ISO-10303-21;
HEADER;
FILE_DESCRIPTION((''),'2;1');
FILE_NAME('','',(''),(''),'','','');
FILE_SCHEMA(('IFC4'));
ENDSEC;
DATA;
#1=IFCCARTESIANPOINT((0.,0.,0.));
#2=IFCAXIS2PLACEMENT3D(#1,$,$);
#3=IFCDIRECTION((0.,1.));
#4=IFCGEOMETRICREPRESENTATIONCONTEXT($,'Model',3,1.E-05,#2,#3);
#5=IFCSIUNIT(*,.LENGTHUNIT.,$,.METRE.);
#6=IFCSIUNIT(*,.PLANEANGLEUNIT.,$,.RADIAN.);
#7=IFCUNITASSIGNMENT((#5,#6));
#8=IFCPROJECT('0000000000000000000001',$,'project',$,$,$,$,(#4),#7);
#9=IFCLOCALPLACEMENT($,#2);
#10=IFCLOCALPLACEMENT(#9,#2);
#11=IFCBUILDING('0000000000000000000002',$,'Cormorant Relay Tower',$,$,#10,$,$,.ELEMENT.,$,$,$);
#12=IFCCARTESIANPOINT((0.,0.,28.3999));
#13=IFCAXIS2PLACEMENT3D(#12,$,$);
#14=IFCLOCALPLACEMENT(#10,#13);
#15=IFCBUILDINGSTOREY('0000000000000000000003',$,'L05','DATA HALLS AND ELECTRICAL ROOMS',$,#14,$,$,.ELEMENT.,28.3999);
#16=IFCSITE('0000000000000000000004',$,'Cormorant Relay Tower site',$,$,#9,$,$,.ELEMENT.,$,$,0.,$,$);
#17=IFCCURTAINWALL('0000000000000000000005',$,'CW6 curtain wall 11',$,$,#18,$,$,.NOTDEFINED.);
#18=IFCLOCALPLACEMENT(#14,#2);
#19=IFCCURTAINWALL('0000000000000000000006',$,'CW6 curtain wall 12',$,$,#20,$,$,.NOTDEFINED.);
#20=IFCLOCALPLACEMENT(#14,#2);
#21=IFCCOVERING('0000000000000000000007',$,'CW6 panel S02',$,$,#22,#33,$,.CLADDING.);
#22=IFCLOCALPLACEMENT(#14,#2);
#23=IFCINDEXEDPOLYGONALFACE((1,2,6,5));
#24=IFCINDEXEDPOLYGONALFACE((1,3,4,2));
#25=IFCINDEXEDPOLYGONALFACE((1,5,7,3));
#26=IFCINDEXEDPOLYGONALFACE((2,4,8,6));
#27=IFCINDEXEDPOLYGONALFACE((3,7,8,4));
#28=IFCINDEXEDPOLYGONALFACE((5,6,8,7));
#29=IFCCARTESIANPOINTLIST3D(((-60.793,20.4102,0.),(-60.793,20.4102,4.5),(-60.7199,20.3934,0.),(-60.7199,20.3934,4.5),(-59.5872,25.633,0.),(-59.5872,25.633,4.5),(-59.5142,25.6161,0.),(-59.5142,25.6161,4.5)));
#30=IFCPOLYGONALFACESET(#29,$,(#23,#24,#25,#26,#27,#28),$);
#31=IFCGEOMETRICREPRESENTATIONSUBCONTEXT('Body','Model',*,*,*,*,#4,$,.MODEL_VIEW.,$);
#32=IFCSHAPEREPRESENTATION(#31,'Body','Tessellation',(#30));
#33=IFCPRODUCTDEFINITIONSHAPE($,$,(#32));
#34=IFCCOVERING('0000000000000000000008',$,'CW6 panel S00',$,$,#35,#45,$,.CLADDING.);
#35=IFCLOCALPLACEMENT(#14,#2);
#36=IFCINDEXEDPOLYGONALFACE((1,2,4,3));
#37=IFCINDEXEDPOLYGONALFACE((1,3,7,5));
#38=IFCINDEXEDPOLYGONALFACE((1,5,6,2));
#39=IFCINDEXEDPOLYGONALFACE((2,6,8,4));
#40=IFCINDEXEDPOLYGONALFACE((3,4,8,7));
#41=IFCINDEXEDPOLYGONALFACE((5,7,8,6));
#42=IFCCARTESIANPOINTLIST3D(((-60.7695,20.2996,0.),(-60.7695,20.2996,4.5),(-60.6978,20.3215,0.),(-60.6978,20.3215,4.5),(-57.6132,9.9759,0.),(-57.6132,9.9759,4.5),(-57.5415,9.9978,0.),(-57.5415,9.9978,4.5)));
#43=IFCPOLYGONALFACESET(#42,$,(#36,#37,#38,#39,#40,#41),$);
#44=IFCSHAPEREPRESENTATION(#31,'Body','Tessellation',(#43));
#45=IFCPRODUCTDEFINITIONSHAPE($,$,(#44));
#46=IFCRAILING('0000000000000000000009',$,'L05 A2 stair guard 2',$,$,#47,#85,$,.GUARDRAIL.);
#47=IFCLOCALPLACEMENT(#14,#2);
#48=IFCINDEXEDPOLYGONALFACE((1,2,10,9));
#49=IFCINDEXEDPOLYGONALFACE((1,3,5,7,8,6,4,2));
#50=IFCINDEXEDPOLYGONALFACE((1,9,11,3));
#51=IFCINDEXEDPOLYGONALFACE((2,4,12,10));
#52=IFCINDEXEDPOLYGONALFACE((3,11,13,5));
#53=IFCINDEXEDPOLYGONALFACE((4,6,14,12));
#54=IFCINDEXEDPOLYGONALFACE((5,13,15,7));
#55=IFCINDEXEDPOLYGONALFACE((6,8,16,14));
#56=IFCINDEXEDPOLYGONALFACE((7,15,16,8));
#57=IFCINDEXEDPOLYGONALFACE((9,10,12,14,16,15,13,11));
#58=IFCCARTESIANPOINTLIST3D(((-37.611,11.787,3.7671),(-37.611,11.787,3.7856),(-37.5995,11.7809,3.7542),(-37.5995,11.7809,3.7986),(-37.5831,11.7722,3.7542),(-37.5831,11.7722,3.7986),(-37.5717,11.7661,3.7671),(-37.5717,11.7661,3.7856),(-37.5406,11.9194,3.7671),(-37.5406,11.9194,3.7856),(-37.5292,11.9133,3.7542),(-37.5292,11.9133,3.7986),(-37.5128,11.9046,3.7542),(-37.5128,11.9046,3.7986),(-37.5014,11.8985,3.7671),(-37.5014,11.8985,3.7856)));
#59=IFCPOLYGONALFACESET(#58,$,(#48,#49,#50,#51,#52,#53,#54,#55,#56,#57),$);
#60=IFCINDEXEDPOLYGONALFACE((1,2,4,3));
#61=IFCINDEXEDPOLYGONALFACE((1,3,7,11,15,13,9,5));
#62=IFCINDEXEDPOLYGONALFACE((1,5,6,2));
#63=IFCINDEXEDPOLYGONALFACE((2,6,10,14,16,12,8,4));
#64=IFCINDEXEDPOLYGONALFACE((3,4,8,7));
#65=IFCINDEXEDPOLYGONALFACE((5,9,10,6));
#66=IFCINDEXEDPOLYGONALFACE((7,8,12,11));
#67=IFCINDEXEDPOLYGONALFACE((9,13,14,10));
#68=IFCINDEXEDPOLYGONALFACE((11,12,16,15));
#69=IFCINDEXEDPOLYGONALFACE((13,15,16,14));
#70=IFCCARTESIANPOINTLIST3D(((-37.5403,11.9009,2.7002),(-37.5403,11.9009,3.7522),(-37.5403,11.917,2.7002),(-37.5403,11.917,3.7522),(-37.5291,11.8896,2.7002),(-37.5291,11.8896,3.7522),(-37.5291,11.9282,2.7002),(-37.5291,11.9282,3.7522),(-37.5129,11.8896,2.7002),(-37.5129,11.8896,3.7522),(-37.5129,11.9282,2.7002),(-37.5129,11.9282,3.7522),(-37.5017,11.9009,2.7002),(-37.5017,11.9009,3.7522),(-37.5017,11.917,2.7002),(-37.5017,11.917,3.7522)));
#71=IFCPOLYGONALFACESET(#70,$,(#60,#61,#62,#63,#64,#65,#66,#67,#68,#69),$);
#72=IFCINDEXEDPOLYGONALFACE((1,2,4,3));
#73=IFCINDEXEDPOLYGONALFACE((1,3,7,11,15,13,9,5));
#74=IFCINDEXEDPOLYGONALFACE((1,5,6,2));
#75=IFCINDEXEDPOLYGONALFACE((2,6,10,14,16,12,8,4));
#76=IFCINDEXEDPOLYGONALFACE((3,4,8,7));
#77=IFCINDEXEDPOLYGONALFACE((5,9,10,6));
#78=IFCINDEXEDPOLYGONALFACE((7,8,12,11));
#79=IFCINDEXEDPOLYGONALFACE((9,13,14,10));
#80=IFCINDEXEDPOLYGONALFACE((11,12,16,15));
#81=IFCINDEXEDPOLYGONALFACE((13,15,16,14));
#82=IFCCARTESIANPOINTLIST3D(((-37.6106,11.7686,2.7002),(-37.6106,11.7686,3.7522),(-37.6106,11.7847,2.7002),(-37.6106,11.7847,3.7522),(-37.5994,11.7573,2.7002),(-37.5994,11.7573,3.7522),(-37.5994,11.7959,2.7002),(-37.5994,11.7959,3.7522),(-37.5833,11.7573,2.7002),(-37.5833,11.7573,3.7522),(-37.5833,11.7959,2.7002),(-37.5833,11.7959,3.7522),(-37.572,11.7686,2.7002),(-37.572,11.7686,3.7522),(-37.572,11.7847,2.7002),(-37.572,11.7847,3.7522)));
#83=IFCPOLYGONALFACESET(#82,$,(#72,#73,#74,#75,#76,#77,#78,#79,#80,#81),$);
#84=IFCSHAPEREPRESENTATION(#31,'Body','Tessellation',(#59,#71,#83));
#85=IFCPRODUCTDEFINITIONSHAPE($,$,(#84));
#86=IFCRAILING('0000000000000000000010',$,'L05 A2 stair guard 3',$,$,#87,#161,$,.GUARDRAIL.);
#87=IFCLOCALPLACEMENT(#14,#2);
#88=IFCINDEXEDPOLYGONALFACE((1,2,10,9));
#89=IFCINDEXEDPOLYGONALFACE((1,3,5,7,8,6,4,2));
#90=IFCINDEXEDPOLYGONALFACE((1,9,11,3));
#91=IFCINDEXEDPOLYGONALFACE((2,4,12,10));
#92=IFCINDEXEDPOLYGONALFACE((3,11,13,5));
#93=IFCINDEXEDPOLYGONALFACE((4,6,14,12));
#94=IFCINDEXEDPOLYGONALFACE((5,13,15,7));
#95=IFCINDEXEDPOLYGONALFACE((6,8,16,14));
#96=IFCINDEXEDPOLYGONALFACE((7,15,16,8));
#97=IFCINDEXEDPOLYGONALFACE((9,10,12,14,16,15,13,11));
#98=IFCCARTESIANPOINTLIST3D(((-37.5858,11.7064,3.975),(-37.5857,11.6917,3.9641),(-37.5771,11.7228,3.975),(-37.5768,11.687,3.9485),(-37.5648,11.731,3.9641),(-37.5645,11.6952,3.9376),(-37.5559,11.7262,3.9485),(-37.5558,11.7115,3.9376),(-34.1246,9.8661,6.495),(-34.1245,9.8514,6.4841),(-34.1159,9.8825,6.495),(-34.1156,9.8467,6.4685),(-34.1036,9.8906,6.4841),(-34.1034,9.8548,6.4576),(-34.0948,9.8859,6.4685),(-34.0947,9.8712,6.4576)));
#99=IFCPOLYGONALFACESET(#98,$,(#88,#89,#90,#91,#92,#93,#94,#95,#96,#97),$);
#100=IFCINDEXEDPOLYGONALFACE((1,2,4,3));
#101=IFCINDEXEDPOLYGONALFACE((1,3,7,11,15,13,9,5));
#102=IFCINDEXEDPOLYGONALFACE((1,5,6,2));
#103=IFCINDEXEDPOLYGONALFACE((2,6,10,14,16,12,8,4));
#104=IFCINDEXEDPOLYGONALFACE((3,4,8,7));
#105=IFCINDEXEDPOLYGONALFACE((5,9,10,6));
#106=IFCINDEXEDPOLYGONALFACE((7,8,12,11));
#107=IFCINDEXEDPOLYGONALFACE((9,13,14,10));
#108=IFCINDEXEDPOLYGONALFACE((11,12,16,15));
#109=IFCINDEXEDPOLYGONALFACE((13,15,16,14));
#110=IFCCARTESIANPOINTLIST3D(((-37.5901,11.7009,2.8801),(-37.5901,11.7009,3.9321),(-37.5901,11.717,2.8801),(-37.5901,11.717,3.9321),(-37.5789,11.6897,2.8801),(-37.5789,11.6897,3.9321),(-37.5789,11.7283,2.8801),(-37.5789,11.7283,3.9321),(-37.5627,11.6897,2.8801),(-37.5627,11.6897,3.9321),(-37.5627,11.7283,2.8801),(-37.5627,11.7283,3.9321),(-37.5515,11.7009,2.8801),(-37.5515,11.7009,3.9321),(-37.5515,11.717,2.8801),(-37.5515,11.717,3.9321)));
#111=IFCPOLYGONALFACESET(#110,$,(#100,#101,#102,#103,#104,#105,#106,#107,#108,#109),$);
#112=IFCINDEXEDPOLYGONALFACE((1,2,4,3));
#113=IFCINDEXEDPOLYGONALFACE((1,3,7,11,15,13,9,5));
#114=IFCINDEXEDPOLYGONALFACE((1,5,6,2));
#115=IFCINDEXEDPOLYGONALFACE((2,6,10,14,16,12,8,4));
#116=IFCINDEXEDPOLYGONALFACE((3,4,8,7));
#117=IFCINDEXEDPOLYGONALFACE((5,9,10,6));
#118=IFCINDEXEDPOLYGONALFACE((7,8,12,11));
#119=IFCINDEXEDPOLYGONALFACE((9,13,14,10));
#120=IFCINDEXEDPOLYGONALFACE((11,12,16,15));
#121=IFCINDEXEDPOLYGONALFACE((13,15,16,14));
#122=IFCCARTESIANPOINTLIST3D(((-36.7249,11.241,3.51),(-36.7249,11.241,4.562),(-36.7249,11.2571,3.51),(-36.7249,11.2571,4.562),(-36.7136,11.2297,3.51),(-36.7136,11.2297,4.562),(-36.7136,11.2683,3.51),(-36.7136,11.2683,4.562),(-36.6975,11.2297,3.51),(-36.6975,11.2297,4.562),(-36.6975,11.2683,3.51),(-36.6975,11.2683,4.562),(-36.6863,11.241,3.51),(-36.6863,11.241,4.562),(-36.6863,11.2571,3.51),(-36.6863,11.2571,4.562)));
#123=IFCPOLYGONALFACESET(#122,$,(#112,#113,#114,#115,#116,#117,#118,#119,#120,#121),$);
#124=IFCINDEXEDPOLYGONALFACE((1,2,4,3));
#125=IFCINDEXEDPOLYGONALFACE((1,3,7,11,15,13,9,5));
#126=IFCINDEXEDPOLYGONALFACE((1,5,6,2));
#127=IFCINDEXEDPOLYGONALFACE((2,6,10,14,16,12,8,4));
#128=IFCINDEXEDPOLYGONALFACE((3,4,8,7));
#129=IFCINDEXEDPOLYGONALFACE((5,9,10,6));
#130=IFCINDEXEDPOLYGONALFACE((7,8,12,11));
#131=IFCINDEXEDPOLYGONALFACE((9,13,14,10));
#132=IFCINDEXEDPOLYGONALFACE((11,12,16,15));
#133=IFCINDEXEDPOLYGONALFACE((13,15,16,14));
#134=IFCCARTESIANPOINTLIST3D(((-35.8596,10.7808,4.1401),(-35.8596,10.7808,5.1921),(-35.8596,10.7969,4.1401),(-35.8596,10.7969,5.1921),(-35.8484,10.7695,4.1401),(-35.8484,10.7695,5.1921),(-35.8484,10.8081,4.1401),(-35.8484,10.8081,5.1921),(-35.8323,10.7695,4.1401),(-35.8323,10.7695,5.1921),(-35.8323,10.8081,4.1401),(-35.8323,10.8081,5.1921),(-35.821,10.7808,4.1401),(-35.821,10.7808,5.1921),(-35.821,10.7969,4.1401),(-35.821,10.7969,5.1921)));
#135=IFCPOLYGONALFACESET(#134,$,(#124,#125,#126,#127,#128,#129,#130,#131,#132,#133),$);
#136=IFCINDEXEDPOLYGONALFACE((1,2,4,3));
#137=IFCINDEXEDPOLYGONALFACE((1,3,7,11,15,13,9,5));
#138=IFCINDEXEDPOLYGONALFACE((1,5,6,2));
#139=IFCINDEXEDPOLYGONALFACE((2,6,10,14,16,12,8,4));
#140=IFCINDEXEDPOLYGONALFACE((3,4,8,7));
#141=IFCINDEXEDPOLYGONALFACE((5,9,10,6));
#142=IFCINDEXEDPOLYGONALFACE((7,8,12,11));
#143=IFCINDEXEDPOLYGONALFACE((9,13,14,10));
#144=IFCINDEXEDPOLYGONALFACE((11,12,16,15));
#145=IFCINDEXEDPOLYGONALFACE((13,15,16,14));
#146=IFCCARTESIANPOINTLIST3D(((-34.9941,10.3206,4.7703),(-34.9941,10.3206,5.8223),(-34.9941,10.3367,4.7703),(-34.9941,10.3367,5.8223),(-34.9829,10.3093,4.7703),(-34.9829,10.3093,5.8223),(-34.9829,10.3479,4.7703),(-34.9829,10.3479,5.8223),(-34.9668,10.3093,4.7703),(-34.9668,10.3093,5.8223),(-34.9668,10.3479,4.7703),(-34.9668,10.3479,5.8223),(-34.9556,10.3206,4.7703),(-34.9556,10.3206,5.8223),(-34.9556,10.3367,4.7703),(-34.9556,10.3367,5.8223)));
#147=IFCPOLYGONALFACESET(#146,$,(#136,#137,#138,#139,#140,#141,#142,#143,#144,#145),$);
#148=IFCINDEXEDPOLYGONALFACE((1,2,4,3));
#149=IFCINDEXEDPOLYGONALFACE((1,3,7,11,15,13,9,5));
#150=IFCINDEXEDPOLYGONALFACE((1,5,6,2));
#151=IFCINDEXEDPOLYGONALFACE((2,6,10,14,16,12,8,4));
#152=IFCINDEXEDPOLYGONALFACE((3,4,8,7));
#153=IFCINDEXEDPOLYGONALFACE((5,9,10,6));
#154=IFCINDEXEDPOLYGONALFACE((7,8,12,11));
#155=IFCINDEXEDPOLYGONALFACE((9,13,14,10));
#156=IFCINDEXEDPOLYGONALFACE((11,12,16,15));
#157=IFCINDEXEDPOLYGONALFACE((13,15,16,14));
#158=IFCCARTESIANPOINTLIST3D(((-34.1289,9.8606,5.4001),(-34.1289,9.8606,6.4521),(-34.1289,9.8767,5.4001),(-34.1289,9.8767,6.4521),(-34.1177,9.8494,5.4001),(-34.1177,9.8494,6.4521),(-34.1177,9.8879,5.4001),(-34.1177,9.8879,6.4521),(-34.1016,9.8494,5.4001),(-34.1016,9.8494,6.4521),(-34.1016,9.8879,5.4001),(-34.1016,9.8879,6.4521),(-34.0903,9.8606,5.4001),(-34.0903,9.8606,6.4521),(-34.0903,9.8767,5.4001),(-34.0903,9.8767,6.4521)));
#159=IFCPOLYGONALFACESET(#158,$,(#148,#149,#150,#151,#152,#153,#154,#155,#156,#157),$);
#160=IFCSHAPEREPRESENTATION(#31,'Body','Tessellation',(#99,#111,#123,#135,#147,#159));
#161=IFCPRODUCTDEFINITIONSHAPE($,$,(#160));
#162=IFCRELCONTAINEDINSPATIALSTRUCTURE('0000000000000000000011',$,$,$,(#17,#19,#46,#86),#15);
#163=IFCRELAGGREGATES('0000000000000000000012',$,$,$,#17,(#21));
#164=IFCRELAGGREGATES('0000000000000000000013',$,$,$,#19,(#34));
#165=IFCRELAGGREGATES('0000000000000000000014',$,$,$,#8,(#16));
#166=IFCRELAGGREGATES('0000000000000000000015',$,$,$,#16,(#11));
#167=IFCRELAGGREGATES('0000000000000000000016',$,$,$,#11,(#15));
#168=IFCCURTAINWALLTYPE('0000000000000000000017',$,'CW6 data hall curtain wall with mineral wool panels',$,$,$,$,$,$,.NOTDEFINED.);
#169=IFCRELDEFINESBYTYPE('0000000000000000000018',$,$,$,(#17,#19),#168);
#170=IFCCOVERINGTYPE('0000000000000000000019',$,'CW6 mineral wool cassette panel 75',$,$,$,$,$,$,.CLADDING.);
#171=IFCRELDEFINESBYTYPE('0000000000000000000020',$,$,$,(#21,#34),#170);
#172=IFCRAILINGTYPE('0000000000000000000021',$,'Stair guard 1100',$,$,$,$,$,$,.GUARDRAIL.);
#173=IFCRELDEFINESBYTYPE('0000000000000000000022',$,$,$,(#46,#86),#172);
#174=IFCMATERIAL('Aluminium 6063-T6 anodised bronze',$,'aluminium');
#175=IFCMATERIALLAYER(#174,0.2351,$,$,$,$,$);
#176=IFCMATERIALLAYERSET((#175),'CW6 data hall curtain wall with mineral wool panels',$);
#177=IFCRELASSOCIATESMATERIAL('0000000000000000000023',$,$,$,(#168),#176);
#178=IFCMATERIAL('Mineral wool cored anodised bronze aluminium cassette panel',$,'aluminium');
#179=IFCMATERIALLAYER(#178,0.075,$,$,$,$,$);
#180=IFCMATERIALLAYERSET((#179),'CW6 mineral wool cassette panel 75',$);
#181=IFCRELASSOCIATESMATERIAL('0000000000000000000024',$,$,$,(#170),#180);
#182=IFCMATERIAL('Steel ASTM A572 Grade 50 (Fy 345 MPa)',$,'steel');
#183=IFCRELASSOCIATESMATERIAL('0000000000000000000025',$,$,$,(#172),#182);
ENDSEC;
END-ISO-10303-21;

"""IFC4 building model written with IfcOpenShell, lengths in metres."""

from ifc_helpers import new_model, si_unit, direction, frame, origin, origin_2d, place, context, subcontext, project, spatial, polyline, rectangle, outline, extrude, material, layer, layer_set, type_object, element, aggregate, save


model = new_model("IFC4")

# Units and contexts
model_context = context("Model", 3, precision=1e-05, world=origin(), true_north=direction((0.0, 1.0)))
body_context = subcontext(model_context, "Body", "Model", "MODEL_VIEW")
ifc_project = project(units=[si_unit("LENGTHUNIT", "METRE"), si_unit("PLANEANGLEUNIT", "RADIAN")], contexts=[model_context])

# Site, building, storey
site_placement = place(None, origin())
site = spatial("IfcSite", under=ifc_project, at=site_placement, Name="Cormorant Relay Tower site", CompositionType="ELEMENT", RefElevation=0.0)
building_placement = place(site_placement, origin())
building = spatial("IfcBuilding", under=site, at=building_placement, Name="Cormorant Relay Tower", CompositionType="ELEMENT")
storey_placement = place(building_placement, frame((0.0, 0.0, 28.3999)))
storey = spatial("IfcBuildingStorey", under=building, at=storey_placement, Name="L05", Description="DATA HALLS AND ELECTRICAL ROOMS", CompositionType="ELEMENT", Elevation=28.3999)

# Curtain wall
ifc_material_1 = material(Name="Aluminium 6063-T6 anodised bronze", Category="aluminium")
ifc_layer_1 = layer(ifc_material_1, 0.2351)
ifc_layer_set_1 = layer_set([ifc_layer_1], Name="CW6 data hall curtain wall with mineral wool panels")
curtain_wall_type = type_object("IfcCurtainWallType", Name="CW6 data hall curtain wall with mineral wool panels", PredefinedType="NOTDEFINED", material=ifc_layer_set_1)
curtain_wall_1_placement = place(storey_placement, origin())
curtain_wall_1 = element("IfcCurtainWall", 1, at=curtain_wall_1_placement, inside=storey, type_object=curtain_wall_type, Name="CW6 curtain wall 11", PredefinedType="NOTDEFINED")

# Curtain wall
curtain_wall_2_placement = place(storey_placement, origin())
curtain_wall_2 = element("IfcCurtainWall", 2, at=curtain_wall_2_placement, inside=storey, type_object=curtain_wall_type, Name="CW6 curtain wall 12", PredefinedType="NOTDEFINED")

# Coverings
ifc_material_2 = material(Name="Mineral wool cored anodised bronze aluminium cassette panel", Category="aluminium")
ifc_layer_2 = layer(ifc_material_2, 0.075)
ifc_layer_set_2 = layer_set([ifc_layer_2], Name="CW6 mineral wool cassette panel 75")
covering_type = type_object("IfcCoveringType", Name="CW6 mineral wool cassette panel 75", PredefinedType="CLADDING", material=ifc_layer_set_2)
covering_1_placement = place(storey_placement, frame((-60.1536, 23.0132, 0.0), z_axis=(0.0, 0.0, 1.0), x_axis=(-0.224951, -0.97437, 0.0)))
covering_1 = element("IfcCovering", 3, at=covering_1_placement, type_object=covering_type, Name="CW6 panel S02", PredefinedType="CLADDING", context=body_context, shape_type="SweptSolid", body=[
    extrude(rectangle(XDim=5.3601, YDim=0.075, at=origin_2d()), origin(), (0.0, 0.0, 1.0), 4.5),
])
aggregate(curtain_wall_1, [covering_1])
covering_2_placement = place(storey_placement, frame((-59.1555, 15.1487, 0.0), z_axis=(0.0, 0.0, 1.0), x_axis=(0.292372, -0.956305, 0.0)))
covering_2 = element("IfcCovering", 4, at=covering_2_placement, type_object=covering_type, Name="CW6 panel S00", PredefinedType="CLADDING", context=body_context, shape_type="SweptSolid", body=[
    extrude(rectangle(XDim=10.7954, YDim=0.075, at=origin_2d()), origin(), (0.0, 0.0, 1.0), 4.5),
])
aggregate(curtain_wall_2, [covering_2])

# Railings
ifc_material_3 = material(Name="Steel ASTM A572 Grade 50 (Fy 345 MPa)", Category="steel")
railing_type_1 = type_object("IfcRailingType", Name="Stair guard 1100", PredefinedType="GUARDRAIL", material=ifc_material_3)
railing_1_placement = place(storey_placement, frame((-37.521, 11.9089, 2.7002)))
element("IfcRailing", 5, at=railing_1_placement, inside=storey, type_object=railing_type_1, Name="L05 A2 stair guard 2", PredefinedType="GUARDRAIL", context=body_context, shape_type="SweptSolid", body=[
    extrude(outline(polyline([(0.0222, 0.0093), (0.0093, 0.0222), (-0.0093, 0.0222), (-0.0222, 0.0093), (-0.0222, -0.0093), (-0.0093, -0.0222), (0.0093, -0.0222), (0.0222, -0.0093), (0.0222, 0.0093)])), frame((0.0, 0.0, 1.0762), z_axis=(-0.469235, -0.883074, 0.0), x_axis=(0.883074, -0.469235, 0.0)), (0.0, 0.0, 1.0), 0.1499),
    extrude(outline(polyline([(0.0193, 0.0081), (0.0081, 0.0193), (-0.0081, 0.0193), (-0.0193, 0.0081), (-0.0193, -0.0081), (-0.0081, -0.0193), (0.0081, -0.0193), (0.0193, -0.0081), (0.0193, 0.0081)])), origin(), (0.0, 0.0, 1.0), 1.052),
    extrude(outline(polyline([(0.0193, 0.0081), (0.0081, 0.0193), (-0.0081, 0.0193), (-0.0193, 0.0081), (-0.0193, -0.0081), (-0.0081, -0.0193), (0.0081, -0.0193), (0.0193, -0.0081), (0.0193, 0.0081)])), frame((-0.0703, -0.1323, 0.0)), (0.0, 0.0, 1.0), 1.052),
])
railing_2_placement = place(storey_placement, frame((-37.5708, 11.709, 2.8801)))
element("IfcRailing", 6, at=railing_2_placement, inside=storey, type_object=railing_type_1, Name="L05 A2 stair guard 3", PredefinedType="GUARDRAIL", context=body_context, shape_type="SweptSolid", body=[
    extrude(outline(polyline([(0.0222, 0.0093), (0.0093, 0.0222), (-0.0093, 0.0222), (-0.0222, 0.0093), (-0.0222, -0.0093), (-0.0093, -0.0222), (0.0093, -0.0222), (0.0222, -0.0093), (0.0222, 0.0093)])), frame((0.0, 0.0, 1.0762), z_axis=(0.742717, -0.394907, 0.540758), x_axis=(0.469469, 0.882949, 0.0)), (0.0, 0.0, 1.0), 4.6602),
    extrude(outline(polyline([(0.0193, 0.0081), (0.0081, 0.0193), (-0.0081, 0.0193), (-0.0193, 0.0081), (-0.0193, -0.0081), (-0.0081, -0.0193), (0.0081, -0.0193), (0.0193, -0.0081), (0.0193, 0.0081)])), origin(), (0.0, 0.0, 1.0), 1.052),
    extrude(outline(polyline([(0.0193, 0.0081), (0.0081, 0.0193), (-0.0081, 0.0193), (-0.0193, 0.0081), (-0.0193, -0.0081), (-0.0081, -0.0193), (0.0081, -0.0193), (0.0193, -0.0081), (0.0193, 0.0081)])), frame((0.8652, -0.46, 0.6299)), (0.0, 0.0, 1.0), 1.052),
    extrude(outline(polyline([(0.0193, 0.0081), (0.0081, 0.0193), (-0.0081, 0.0193), (-0.0193, 0.0081), (-0.0193, -0.0081), (-0.0081, -0.0193), (0.0081, -0.0193), (0.0193, -0.0081), (0.0193, 0.0081)])), frame((1.7305, -0.9202, 1.26)), (0.0, 0.0, 1.0), 1.052),
    extrude(outline(polyline([(0.0193, 0.0081), (0.0081, 0.0193), (-0.0081, 0.0193), (-0.0193, 0.0081), (-0.0193, -0.0081), (-0.0081, -0.0193), (0.0081, -0.0193), (0.0193, -0.0081), (0.0193, 0.0081)])), frame((2.5959, -1.3804, 1.8901)), (0.0, 0.0, 1.0), 1.052),
    extrude(outline(polyline([(0.0193, 0.0081), (0.0081, 0.0193), (-0.0081, 0.0193), (-0.0193, 0.0081), (-0.0193, -0.0081), (-0.0081, -0.0193), (0.0081, -0.0193), (0.0193, -0.0081), (0.0193, 0.0081)])), frame((3.4612, -1.8403, 2.52)), (0.0, 0.0, 1.0), 1.052),
])

save(model, "model.ifc")
